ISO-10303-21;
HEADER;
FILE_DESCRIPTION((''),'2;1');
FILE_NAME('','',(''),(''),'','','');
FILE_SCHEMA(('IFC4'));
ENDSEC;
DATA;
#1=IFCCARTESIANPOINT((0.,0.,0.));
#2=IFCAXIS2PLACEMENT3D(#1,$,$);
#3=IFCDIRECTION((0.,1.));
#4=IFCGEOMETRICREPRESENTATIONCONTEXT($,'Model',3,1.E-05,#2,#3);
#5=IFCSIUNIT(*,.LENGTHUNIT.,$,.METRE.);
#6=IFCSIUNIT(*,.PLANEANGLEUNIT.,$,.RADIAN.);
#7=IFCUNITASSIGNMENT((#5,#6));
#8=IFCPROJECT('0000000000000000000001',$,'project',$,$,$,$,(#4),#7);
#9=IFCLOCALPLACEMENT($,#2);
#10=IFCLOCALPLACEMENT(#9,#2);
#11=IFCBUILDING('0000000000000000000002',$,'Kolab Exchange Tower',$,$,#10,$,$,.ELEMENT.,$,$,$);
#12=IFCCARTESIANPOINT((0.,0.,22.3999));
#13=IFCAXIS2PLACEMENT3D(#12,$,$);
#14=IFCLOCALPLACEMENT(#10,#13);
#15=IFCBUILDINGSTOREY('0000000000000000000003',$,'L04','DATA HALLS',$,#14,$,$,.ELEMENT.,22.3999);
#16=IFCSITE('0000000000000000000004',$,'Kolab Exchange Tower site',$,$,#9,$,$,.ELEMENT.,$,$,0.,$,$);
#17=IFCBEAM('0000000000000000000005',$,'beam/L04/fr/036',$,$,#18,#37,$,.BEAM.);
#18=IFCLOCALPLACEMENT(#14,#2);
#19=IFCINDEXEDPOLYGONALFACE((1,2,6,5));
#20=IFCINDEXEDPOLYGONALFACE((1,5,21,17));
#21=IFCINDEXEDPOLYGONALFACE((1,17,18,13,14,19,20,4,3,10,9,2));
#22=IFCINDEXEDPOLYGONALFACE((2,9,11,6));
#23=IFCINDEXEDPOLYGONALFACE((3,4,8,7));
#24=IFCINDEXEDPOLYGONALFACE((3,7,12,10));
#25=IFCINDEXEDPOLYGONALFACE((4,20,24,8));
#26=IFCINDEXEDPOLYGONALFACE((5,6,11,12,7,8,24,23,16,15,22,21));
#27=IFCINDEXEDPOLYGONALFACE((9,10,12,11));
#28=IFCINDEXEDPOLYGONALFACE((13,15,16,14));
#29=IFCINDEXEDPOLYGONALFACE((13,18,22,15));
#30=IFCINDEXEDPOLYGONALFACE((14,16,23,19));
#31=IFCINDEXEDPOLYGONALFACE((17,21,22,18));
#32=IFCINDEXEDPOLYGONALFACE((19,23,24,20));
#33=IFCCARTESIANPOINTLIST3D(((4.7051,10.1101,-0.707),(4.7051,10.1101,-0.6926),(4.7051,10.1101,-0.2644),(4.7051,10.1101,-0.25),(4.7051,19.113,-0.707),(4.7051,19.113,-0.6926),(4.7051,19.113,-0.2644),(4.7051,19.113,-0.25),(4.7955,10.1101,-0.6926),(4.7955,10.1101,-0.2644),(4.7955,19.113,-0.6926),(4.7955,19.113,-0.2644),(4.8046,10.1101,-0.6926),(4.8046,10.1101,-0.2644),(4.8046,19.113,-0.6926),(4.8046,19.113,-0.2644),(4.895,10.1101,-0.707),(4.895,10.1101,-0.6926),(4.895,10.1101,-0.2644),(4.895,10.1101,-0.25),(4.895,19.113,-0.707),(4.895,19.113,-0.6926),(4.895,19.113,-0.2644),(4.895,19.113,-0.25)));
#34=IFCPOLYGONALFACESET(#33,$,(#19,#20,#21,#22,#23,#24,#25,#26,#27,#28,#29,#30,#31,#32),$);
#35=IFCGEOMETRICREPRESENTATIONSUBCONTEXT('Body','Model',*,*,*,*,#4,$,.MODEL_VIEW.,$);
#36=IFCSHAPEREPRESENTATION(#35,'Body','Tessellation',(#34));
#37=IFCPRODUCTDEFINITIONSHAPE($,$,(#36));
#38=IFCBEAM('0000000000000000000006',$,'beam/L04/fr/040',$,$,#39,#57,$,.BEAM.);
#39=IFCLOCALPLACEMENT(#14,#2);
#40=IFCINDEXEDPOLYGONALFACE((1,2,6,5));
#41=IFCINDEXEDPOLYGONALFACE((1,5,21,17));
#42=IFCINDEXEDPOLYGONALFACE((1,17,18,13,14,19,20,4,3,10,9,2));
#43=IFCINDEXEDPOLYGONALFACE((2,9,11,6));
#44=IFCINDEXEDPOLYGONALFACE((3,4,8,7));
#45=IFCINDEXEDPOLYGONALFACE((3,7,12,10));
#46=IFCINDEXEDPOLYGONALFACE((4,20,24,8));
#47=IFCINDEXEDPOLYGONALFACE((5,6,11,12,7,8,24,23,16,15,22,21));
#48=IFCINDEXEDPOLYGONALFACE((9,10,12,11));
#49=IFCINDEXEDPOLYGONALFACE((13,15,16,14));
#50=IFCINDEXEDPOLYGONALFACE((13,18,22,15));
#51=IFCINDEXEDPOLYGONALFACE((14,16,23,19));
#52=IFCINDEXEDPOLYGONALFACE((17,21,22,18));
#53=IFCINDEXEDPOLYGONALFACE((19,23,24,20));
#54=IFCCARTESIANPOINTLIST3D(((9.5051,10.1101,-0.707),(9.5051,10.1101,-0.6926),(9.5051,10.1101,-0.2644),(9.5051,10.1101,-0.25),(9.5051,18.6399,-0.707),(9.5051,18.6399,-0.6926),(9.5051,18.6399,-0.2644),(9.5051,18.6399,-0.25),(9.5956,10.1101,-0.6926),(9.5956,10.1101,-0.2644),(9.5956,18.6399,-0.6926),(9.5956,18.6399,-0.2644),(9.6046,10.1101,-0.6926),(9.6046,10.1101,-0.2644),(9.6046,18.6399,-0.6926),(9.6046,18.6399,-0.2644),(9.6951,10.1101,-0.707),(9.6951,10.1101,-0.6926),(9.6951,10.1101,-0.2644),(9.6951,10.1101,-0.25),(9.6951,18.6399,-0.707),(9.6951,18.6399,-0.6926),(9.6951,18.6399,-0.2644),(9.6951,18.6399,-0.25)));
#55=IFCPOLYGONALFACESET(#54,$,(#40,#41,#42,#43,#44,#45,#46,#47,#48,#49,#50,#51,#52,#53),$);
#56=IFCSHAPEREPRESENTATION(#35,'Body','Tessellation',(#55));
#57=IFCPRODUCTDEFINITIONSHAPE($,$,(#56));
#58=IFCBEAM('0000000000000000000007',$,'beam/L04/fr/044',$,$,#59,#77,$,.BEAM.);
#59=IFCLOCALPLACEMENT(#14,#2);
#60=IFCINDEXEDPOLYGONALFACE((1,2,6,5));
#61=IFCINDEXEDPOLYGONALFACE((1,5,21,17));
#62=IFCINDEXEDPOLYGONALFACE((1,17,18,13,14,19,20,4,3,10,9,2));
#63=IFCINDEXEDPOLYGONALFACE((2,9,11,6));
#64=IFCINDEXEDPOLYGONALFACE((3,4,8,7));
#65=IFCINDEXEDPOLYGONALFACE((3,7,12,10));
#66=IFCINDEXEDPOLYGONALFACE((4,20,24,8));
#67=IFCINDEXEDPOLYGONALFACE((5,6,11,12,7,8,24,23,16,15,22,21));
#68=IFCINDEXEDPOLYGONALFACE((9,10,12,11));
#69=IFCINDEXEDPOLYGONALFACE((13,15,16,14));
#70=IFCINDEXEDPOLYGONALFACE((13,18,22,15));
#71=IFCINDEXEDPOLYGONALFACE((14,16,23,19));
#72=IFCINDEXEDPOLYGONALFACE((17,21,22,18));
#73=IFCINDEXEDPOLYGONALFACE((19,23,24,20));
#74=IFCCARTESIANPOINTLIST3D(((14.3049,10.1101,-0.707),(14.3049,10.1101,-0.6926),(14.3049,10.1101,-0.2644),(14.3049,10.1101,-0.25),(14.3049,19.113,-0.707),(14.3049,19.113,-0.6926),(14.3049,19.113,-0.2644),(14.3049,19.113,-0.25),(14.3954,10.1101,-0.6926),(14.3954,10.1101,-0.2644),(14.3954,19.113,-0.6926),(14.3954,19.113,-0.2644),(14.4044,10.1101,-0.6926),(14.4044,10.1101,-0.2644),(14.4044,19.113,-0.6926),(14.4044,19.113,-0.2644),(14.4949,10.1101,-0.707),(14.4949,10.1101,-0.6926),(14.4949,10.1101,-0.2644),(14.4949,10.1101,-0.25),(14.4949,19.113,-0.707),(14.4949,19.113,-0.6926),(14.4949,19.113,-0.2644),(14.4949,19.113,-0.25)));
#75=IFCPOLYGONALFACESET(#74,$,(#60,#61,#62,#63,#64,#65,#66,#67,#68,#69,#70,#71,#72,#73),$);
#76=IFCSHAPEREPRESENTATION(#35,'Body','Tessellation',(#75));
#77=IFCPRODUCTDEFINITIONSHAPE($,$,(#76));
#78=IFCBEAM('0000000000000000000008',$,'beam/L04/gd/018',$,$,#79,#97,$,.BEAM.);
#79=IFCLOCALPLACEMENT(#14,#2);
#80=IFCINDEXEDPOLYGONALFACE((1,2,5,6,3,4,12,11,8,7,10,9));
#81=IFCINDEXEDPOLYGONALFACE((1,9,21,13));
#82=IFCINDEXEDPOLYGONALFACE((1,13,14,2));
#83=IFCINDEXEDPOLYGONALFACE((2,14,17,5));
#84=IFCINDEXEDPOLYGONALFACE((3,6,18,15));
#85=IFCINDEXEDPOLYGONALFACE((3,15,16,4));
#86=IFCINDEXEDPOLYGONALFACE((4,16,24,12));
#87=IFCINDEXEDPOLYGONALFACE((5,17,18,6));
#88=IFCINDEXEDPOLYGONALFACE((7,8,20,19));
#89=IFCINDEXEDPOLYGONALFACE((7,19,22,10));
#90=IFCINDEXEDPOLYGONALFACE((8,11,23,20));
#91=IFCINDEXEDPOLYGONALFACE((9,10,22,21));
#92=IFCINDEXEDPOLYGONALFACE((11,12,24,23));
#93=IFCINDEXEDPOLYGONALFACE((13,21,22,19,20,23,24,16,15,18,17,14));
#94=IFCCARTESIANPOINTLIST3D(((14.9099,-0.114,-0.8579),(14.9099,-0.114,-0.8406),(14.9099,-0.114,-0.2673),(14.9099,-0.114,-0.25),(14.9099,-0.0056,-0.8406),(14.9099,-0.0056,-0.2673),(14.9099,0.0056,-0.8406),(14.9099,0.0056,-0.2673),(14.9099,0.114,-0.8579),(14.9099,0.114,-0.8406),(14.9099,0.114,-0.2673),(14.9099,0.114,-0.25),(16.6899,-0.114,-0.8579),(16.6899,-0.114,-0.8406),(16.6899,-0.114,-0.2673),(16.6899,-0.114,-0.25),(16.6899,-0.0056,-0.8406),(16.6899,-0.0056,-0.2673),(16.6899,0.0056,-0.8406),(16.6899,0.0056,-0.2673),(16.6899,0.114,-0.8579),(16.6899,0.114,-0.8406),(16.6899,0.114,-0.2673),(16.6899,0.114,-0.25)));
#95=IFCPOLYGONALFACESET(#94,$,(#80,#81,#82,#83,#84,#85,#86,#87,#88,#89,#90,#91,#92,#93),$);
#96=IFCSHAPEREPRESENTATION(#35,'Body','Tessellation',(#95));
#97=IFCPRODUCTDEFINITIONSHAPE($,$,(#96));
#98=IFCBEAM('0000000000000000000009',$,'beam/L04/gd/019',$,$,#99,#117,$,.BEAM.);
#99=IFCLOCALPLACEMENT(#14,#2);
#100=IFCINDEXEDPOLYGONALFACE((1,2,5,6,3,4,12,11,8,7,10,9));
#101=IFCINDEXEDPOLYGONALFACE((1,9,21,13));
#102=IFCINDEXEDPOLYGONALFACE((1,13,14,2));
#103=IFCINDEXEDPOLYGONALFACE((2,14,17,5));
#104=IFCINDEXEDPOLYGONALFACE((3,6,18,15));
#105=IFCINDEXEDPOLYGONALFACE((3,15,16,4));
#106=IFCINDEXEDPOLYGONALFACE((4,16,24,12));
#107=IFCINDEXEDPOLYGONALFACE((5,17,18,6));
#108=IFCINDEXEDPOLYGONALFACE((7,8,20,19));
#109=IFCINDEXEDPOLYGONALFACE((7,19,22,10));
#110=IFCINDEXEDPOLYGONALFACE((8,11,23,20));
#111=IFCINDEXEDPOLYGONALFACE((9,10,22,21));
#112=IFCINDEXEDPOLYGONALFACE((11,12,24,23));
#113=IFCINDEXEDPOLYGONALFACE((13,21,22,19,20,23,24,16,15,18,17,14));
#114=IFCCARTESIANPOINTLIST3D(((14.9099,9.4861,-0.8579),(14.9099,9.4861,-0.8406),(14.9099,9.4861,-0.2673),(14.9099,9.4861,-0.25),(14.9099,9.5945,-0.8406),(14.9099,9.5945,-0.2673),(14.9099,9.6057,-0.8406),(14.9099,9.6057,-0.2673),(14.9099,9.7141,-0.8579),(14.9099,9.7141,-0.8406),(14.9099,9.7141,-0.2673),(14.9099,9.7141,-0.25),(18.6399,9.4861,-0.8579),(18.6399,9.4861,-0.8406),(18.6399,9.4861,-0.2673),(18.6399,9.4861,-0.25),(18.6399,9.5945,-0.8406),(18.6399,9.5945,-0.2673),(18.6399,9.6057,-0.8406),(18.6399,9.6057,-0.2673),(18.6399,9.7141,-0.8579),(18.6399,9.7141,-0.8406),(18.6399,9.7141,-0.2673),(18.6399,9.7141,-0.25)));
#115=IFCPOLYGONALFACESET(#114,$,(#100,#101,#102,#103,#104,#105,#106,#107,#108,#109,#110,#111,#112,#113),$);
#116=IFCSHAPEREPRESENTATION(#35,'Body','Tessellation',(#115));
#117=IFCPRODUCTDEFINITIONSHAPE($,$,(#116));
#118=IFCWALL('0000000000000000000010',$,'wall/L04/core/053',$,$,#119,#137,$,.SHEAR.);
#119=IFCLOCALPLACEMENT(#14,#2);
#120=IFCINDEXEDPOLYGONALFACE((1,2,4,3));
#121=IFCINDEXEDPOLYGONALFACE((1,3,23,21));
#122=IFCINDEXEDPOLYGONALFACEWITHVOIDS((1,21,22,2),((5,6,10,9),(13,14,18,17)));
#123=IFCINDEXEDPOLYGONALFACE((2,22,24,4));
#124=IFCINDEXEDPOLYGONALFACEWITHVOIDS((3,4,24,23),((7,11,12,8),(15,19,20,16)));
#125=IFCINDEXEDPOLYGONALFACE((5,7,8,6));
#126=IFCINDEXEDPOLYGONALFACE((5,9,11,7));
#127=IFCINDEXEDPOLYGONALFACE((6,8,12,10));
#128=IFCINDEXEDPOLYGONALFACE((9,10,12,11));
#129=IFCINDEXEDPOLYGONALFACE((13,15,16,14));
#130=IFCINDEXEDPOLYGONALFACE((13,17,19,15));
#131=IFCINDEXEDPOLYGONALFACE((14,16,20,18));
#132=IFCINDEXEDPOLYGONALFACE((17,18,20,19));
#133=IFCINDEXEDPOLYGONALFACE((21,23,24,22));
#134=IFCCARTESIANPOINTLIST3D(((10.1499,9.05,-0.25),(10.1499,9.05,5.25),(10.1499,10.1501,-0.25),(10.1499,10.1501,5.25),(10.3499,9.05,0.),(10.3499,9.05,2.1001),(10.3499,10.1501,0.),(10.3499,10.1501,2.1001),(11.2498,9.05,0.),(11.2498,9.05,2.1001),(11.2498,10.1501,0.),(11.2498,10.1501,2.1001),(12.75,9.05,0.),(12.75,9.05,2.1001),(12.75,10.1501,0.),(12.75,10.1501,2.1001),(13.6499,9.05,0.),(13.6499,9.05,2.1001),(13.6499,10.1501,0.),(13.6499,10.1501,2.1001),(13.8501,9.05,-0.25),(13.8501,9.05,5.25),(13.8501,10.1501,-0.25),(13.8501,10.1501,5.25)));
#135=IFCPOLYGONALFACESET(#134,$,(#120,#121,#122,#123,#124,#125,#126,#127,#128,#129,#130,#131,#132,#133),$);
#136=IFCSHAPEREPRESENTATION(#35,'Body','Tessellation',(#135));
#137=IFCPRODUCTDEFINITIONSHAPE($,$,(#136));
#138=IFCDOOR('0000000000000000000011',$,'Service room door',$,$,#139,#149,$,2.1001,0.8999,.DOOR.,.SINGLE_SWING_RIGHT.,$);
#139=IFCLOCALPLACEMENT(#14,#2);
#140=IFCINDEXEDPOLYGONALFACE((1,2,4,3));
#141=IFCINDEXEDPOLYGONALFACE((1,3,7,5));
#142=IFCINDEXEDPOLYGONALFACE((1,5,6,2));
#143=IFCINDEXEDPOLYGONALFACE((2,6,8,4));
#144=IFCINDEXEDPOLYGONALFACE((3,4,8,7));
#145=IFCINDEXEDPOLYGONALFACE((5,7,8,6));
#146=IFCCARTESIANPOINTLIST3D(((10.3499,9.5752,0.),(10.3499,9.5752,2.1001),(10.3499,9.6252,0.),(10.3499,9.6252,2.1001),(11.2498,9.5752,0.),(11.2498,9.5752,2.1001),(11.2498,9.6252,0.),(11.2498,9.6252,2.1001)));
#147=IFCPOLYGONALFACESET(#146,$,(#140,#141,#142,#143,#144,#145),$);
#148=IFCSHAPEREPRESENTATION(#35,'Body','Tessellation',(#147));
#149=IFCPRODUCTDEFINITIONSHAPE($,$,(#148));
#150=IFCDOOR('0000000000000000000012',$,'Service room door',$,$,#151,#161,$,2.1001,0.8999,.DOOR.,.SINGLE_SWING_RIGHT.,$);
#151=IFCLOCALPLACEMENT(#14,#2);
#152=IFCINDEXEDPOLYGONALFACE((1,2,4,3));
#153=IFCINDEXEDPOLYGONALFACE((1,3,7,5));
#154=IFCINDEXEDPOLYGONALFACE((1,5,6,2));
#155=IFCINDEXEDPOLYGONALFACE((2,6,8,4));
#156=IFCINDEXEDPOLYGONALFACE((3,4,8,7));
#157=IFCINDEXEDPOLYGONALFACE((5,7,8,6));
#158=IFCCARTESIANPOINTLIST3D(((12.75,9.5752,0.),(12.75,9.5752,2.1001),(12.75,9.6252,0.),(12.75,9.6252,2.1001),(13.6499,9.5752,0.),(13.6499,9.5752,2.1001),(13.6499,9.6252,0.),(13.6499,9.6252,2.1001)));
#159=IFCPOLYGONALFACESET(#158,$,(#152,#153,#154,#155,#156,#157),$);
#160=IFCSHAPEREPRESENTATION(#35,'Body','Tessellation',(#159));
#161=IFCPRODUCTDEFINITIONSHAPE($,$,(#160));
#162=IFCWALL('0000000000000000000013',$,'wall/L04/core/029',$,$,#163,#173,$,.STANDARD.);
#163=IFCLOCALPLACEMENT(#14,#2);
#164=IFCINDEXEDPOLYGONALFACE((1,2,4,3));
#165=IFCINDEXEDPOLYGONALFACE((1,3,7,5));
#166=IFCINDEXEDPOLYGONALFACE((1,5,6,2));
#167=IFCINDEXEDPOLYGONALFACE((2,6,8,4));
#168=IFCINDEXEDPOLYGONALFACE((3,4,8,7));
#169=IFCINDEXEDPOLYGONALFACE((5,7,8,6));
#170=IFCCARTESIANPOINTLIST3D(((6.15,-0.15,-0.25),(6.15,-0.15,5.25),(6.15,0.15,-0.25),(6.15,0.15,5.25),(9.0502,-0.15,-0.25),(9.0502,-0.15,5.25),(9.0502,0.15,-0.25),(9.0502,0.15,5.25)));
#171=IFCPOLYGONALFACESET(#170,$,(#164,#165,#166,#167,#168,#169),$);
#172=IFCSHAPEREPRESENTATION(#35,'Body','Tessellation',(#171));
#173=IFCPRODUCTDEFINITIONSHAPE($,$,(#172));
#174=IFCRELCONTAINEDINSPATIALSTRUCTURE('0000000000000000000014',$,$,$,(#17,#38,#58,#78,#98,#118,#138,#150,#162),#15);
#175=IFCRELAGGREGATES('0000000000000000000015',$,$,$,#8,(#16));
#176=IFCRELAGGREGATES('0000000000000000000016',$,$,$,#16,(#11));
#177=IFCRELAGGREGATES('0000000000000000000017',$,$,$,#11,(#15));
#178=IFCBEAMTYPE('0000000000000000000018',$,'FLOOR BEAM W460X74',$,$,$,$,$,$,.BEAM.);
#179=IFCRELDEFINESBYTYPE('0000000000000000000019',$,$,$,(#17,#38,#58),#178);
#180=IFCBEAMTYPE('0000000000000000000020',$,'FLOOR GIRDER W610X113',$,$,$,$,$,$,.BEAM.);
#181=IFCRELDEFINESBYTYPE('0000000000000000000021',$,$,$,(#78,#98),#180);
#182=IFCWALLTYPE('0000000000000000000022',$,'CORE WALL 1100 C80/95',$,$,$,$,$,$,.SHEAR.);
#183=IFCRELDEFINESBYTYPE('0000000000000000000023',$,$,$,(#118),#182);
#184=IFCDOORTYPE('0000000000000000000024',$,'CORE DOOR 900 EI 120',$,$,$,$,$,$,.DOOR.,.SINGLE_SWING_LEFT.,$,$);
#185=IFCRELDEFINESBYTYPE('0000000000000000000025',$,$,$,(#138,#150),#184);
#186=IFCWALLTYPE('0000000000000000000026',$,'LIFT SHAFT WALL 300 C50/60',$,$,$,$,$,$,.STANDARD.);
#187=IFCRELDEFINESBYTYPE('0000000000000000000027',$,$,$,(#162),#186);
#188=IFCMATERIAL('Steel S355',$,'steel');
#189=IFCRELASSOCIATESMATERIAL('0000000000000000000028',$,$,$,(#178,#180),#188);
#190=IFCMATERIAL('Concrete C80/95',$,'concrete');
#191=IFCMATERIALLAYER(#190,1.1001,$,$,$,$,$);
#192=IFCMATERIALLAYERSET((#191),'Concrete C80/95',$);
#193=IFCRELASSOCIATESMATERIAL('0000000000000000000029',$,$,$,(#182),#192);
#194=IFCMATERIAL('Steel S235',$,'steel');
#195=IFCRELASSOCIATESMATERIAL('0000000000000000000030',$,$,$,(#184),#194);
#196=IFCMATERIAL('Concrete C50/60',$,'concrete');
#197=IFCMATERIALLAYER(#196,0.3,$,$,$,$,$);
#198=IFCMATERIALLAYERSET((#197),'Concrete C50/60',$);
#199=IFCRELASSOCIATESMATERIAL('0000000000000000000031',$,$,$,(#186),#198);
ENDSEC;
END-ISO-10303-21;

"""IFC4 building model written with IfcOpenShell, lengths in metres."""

from ifc_helpers import new_model, si_unit, direction, frame, frame_2d, origin, origin_2d, place, context, subcontext, project, spatial, rectangle, i_section, extrude, material, layer, layer_set, material_profile, profile_set, type_object, element, fill, save


model = new_model("IFC4")

# Units and contexts
model_context = context("Model", 3, precision=1e-05, world=origin(), true_north=direction((0.0, 1.0)))
body_context = subcontext(model_context, "Body", "Model", "MODEL_VIEW")
ifc_project = project(units=[si_unit("LENGTHUNIT", "METRE"), si_unit("PLANEANGLEUNIT", "RADIAN")], contexts=[model_context])

# Site, building, storey
site_placement = place(None, origin())
site = spatial("IfcSite", under=ifc_project, at=site_placement, Name="Kolab Exchange Tower site", CompositionType="ELEMENT", RefElevation=0.0)
building_placement = place(site_placement, origin())
building = spatial("IfcBuilding", under=site, at=building_placement, Name="Kolab Exchange Tower", CompositionType="ELEMENT")
storey_placement = place(building_placement, frame((0.0, 0.0, 22.3999)))
storey = spatial("IfcBuildingStorey", under=building, at=storey_placement, Name="L04", Description="DATA HALLS", CompositionType="ELEMENT", Elevation=22.3999)

# Beams
ifc_material_1 = material(Name="Steel S355", Category="steel")
ifc_material_profile_1 = material_profile(ifc_material_1, i_section(OverallWidth=0.1899, OverallDepth=0.457, WebThickness=0.009, FlangeThickness=0.0144, at=origin_2d()), Name="W460X74")
ifc_profile_set_1 = profile_set([ifc_material_profile_1], Name="Steel S355")
beam_type_1 = type_object("IfcBeamType", Name="FLOOR BEAM W460X74", PredefinedType="BEAM", material=ifc_profile_set_1)
beam_1_placement = place(storey_placement, frame((4.8, 10.1101, -0.4785), z_axis=(0.0, 1.0, 0.0), x_axis=(-1.0, 0.0, 0.0)))
element("IfcBeam", 1, at=beam_1_placement, inside=storey, type_object=beam_type_1, Name="beam/L04/fr/036", PredefinedType="BEAM", context=body_context, shape_type="SweptSolid", body=[
    extrude(i_section(OverallWidth=0.1899, OverallDepth=0.457, WebThickness=0.009, FlangeThickness=0.0144, at=origin_2d()), origin(), (0.0, 0.0, 1.0), 9.0029),
])
beam_2_placement = place(storey_placement, frame((9.6001, 10.1101, -0.4785), z_axis=(0.0, 1.0, 0.0), x_axis=(-1.0, 0.0, 0.0)))
element("IfcBeam", 2, at=beam_2_placement, inside=storey, type_object=beam_type_1, Name="beam/L04/fr/040", PredefinedType="BEAM", context=body_context, shape_type="SweptSolid", body=[
    extrude(i_section(OverallWidth=0.1899, OverallDepth=0.457, WebThickness=0.009, FlangeThickness=0.0144, at=origin_2d()), origin(), (0.0, 0.0, 1.0), 8.5298),
])
beam_3_placement = place(storey_placement, frame((14.3999, 10.1101, -0.4785), z_axis=(0.0, 1.0, 0.0), x_axis=(-1.0, 0.0, 0.0)))
element("IfcBeam", 3, at=beam_3_placement, inside=storey, type_object=beam_type_1, Name="beam/L04/fr/044", PredefinedType="BEAM", context=body_context, shape_type="SweptSolid", body=[
    extrude(i_section(OverallWidth=0.1899, OverallDepth=0.457, WebThickness=0.009, FlangeThickness=0.0144, at=origin_2d()), origin(), (0.0, 0.0, 1.0), 9.0029),
])
ifc_material_profile_2 = material_profile(ifc_material_1, i_section(OverallWidth=0.228, OverallDepth=0.6079, WebThickness=0.0112, FlangeThickness=0.0173, at=origin_2d()), Name="W610X113")
ifc_profile_set_2 = profile_set([ifc_material_profile_2], Name="Steel S355")
beam_type_2 = type_object("IfcBeamType", Name="FLOOR GIRDER W610X113", PredefinedType="BEAM", material=ifc_profile_set_2)
beam_4_placement = place(storey_placement, frame((14.9099, 0.0, -0.554), z_axis=(1.0, 0.0, 0.0), x_axis=(0.0, 1.0, 0.0)))
element("IfcBeam", 4, at=beam_4_placement, inside=storey, type_object=beam_type_2, Name="beam/L04/gd/018", PredefinedType="BEAM", context=body_context, shape_type="SweptSolid", body=[
    extrude(i_section(OverallWidth=0.228, OverallDepth=0.6079, WebThickness=0.0112, FlangeThickness=0.0173, at=origin_2d()), origin(), (0.0, 0.0, 1.0), 1.78),
])
beam_5_placement = place(storey_placement, frame((14.9099, 9.6001, -0.554), z_axis=(1.0, 0.0, 0.0), x_axis=(0.0, 1.0, 0.0)))
element("IfcBeam", 5, at=beam_5_placement, inside=storey, type_object=beam_type_2, Name="beam/L04/gd/019", PredefinedType="BEAM", context=body_context, shape_type="SweptSolid", body=[
    extrude(i_section(OverallWidth=0.228, OverallDepth=0.6079, WebThickness=0.0112, FlangeThickness=0.0173, at=origin_2d()), origin(), (0.0, 0.0, 1.0), 3.73),
])

# Wall, openings, doors
ifc_material_2 = material(Name="Concrete C80/95", Category="concrete")
ifc_layer_1 = layer(ifc_material_2, 1.1001)
ifc_layer_set_1 = layer_set([ifc_layer_1], Name="Concrete C80/95")
wall_type_1 = type_object("IfcWallType", Name="CORE WALL 1100 C80/95", PredefinedType="SHEAR", material=ifc_layer_set_1)
wall_1_placement = place(storey_placement, frame((10.1499, 9.6001, -0.25), z_axis=(0.0, 0.0, 1.0), x_axis=(1.0, 0.0, 0.0)))
wall_1 = element("IfcWall", 6, at=wall_1_placement, inside=storey, type_object=wall_type_1, Name="wall/L04/core/053", PredefinedType="SHEAR", context=body_context, shape_type="SweptSolid", body=[
    extrude(rectangle(XDim=3.7002, YDim=1.1001, at=frame_2d((1.8501, 0.0))), origin(), (0.0, 0.0, 1.0), 5.5),
])
opening_1_placement = place(wall_1_placement, frame((0.2, 0.0, 0.25)))
opening_1 = element("IfcOpeningElement", 7, at=opening_1_placement, cuts=wall_1, PredefinedType="OPENING", context=body_context, shape_type="SweptSolid", body=[
    extrude(rectangle(XDim=0.8999, YDim=2.1001, at=frame_2d((0.45, 1.05))), frame((0.0, 0.5601, 0.0), z_axis=(0.0, -1.0, 0.0), x_axis=(1.0, 0.0, 0.0)), (0.0, 0.0, 1.0), 1.1201),
])
opening_2_placement = place(wall_1_placement, frame((2.6001, 0.0, 0.25)))
opening_2 = element("IfcOpeningElement", 8, at=opening_2_placement, cuts=wall_1, PredefinedType="OPENING", context=body_context, shape_type="SweptSolid", body=[
    extrude(rectangle(XDim=0.8999, YDim=2.1001, at=frame_2d((0.45, 1.05))), frame((0.0, 0.5601, 0.0), z_axis=(0.0, -1.0, 0.0), x_axis=(1.0, 0.0, 0.0)), (0.0, 0.0, 1.0), 1.1201),
])
ifc_material_3 = material(Name="Steel S235", Category="steel")
door_type_1 = type_object("IfcDoorType", Name="CORE DOOR 900 EI 120", OperationType="SINGLE_SWING_LEFT", PredefinedType="DOOR", material=ifc_material_3)
door_1_placement = place(opening_1_placement, frame((0.8999, 0.0, 0.0), z_axis=(0.0, 0.0, 1.0), x_axis=(-1.0, 0.0, 0.0)))
door_1 = element("IfcDoor", 9, at=door_1_placement, inside=storey, type_object=door_type_1, Name="Service room door", OperationType="SINGLE_SWING_RIGHT", OverallHeight=2.1001, OverallWidth=0.8999, PredefinedType="DOOR", context=body_context, shape_type="SweptSolid", body=[
    extrude(rectangle(XDim=0.8999, YDim=2.1001, at=frame_2d((0.45, 1.05))), frame((0.0, 0.0249, 0.0), z_axis=(0.0, -1.0, 0.0), x_axis=(1.0, 0.0, 0.0)), (0.0, 0.0, 1.0), 0.05),
])
fill(opening_1, door_1)
door_2_placement = place(opening_2_placement, frame((0.8999, 0.0, 0.0), z_axis=(0.0, 0.0, 1.0), x_axis=(-1.0, 0.0, 0.0)))
door_2 = element("IfcDoor", 10, at=door_2_placement, inside=storey, type_object=door_type_1, Name="Service room door", OperationType="SINGLE_SWING_RIGHT", OverallHeight=2.1001, OverallWidth=0.8999, PredefinedType="DOOR", context=body_context, shape_type="SweptSolid", body=[
    extrude(rectangle(XDim=0.8999, YDim=2.1001, at=frame_2d((0.45, 1.05))), frame((0.0, 0.0249, 0.0), z_axis=(0.0, -1.0, 0.0), x_axis=(1.0, 0.0, 0.0)), (0.0, 0.0, 1.0), 0.05),
])
fill(opening_2, door_2)

# Wall
ifc_material_4 = material(Name="Concrete C50/60", Category="concrete")
ifc_layer_2 = layer(ifc_material_4, 0.3)
ifc_layer_set_2 = layer_set([ifc_layer_2], Name="Concrete C50/60")
wall_type_2 = type_object("IfcWallType", Name="LIFT SHAFT WALL 300 C50/60", PredefinedType="STANDARD", material=ifc_layer_set_2)
wall_2_placement = place(storey_placement, frame((6.1499, 0.0, -0.25), z_axis=(0.0, 0.0, 1.0), x_axis=(1.0, 0.0, 0.0)))
element("IfcWall", 11, at=wall_2_placement, inside=storey, type_object=wall_type_2, Name="wall/L04/core/029", PredefinedType="STANDARD", context=body_context, shape_type="SweptSolid", body=[
    extrude(rectangle(XDim=2.9001, YDim=0.3, at=frame_2d((1.4502, 0.0))), origin(), (0.0, 0.0, 1.0), 5.5),
])

save(model, "model.ifc")
